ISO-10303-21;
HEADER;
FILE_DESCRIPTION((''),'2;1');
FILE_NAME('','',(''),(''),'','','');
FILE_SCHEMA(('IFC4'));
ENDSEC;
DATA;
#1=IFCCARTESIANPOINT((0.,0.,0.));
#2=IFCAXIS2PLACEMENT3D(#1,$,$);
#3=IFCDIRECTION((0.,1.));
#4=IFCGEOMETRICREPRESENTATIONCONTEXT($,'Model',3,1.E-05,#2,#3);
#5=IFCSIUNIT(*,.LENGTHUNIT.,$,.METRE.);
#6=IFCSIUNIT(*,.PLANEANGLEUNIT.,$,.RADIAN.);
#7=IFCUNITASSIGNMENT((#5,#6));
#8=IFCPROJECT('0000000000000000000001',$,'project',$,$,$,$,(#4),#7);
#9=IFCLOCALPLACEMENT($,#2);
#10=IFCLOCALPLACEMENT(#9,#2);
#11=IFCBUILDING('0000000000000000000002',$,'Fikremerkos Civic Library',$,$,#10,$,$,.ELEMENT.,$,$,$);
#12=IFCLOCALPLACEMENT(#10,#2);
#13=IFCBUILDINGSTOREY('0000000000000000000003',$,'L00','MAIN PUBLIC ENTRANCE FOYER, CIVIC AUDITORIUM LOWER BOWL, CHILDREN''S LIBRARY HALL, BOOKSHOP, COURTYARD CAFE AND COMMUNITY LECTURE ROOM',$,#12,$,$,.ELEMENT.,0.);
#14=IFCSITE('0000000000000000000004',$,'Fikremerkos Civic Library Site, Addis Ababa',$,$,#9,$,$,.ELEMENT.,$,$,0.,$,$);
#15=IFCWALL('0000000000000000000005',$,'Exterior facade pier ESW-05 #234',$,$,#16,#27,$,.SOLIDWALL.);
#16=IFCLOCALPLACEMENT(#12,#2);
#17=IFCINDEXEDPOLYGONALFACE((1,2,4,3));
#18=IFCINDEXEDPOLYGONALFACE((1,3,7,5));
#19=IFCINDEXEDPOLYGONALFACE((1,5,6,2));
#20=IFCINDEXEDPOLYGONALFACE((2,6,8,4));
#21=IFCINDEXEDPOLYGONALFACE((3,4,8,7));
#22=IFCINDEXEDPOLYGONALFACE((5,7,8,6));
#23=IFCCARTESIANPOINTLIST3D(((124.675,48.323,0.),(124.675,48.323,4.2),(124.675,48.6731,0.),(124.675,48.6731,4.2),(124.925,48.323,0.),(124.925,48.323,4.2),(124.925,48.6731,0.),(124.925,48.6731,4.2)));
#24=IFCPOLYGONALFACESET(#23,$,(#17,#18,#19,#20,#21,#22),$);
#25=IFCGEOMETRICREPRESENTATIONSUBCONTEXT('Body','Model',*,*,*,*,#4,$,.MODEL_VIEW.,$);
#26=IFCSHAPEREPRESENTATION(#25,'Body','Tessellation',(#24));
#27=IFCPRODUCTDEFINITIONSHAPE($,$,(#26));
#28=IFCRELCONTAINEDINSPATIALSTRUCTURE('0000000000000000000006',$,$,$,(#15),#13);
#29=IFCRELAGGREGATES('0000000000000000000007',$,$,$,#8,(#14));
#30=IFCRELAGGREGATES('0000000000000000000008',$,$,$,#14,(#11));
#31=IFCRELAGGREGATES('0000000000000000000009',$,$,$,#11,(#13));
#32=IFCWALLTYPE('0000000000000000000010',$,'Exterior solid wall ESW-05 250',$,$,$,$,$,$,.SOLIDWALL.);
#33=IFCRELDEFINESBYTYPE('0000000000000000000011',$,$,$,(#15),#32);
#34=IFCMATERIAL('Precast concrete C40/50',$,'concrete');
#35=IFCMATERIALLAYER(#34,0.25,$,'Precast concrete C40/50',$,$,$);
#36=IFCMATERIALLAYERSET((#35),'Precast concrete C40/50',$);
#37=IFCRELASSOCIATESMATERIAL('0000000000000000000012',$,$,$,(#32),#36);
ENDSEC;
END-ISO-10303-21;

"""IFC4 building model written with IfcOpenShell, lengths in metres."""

from ifc_helpers import new_model, si_unit, direction, frame, frame_2d, origin, place, context, subcontext, project, spatial, rectangle, extrude, material, layer, layer_set, type_object, element, save


model = new_model("IFC4")

# Units and contexts
model_context = context("Model", 3, precision=1e-05, world=origin(), true_north=direction((0.0, 1.0)))
body_context = subcontext(model_context, "Body", "Model", "MODEL_VIEW")
ifc_project = project(units=[si_unit("LENGTHUNIT", "METRE"), si_unit("PLANEANGLEUNIT", "RADIAN")], contexts=[model_context])

# Site, building, storey
site_placement = place(None, origin())
site = spatial("IfcSite", under=ifc_project, at=site_placement, Name="Fikremerkos Civic Library Site, Addis Ababa", CompositionType="ELEMENT", RefElevation=0.0)
building_placement = place(site_placement, origin())
building = spatial("IfcBuilding", under=site, at=building_placement, Name="Fikremerkos Civic Library", CompositionType="ELEMENT")
storey_placement = place(building_placement, origin())
storey = spatial("IfcBuildingStorey", under=building, at=storey_placement, Name="L00", Description="MAIN PUBLIC ENTRANCE FOYER, CIVIC AUDITORIUM LOWER BOWL, CHILDREN'S LIBRARY HALL, BOOKSHOP, COURTYARD CAFE AND COMMUNITY LECTURE ROOM", CompositionType="ELEMENT", Elevation=0.0)

# Shared definitions
ifc_material_1 = material(Name="Precast concrete C40/50", Category="concrete")

# Wall
ifc_layer_1 = layer(ifc_material_1, 0.25, Name="Precast concrete C40/50")
ifc_layer_set_1 = layer_set([ifc_layer_1], Name="Precast concrete C40/50")
wall_type_1 = type_object("IfcWallType", Name="Exterior solid wall ESW-05 250", PredefinedType="SOLIDWALL", material=ifc_layer_set_1)
wall_1_placement = place(storey_placement, frame((124.8, 48.323, 0.0), z_axis=(0.0, 0.0, 1.0), x_axis=(0.0, 1.0, 0.0)))
element("IfcWall", 1, at=wall_1_placement, inside=storey, type_object=wall_type_1, Name="Exterior facade pier ESW-05 #234", PredefinedType="SOLIDWALL", context=body_context, shape_type="SweptSolid", body=[
    extrude(rectangle(XDim=0.3501, YDim=0.25, at=frame_2d((0.175, 0.0))), origin(), (0.0, 0.0, 1.0), 4.2),
])

save(model, "model.ifc")
